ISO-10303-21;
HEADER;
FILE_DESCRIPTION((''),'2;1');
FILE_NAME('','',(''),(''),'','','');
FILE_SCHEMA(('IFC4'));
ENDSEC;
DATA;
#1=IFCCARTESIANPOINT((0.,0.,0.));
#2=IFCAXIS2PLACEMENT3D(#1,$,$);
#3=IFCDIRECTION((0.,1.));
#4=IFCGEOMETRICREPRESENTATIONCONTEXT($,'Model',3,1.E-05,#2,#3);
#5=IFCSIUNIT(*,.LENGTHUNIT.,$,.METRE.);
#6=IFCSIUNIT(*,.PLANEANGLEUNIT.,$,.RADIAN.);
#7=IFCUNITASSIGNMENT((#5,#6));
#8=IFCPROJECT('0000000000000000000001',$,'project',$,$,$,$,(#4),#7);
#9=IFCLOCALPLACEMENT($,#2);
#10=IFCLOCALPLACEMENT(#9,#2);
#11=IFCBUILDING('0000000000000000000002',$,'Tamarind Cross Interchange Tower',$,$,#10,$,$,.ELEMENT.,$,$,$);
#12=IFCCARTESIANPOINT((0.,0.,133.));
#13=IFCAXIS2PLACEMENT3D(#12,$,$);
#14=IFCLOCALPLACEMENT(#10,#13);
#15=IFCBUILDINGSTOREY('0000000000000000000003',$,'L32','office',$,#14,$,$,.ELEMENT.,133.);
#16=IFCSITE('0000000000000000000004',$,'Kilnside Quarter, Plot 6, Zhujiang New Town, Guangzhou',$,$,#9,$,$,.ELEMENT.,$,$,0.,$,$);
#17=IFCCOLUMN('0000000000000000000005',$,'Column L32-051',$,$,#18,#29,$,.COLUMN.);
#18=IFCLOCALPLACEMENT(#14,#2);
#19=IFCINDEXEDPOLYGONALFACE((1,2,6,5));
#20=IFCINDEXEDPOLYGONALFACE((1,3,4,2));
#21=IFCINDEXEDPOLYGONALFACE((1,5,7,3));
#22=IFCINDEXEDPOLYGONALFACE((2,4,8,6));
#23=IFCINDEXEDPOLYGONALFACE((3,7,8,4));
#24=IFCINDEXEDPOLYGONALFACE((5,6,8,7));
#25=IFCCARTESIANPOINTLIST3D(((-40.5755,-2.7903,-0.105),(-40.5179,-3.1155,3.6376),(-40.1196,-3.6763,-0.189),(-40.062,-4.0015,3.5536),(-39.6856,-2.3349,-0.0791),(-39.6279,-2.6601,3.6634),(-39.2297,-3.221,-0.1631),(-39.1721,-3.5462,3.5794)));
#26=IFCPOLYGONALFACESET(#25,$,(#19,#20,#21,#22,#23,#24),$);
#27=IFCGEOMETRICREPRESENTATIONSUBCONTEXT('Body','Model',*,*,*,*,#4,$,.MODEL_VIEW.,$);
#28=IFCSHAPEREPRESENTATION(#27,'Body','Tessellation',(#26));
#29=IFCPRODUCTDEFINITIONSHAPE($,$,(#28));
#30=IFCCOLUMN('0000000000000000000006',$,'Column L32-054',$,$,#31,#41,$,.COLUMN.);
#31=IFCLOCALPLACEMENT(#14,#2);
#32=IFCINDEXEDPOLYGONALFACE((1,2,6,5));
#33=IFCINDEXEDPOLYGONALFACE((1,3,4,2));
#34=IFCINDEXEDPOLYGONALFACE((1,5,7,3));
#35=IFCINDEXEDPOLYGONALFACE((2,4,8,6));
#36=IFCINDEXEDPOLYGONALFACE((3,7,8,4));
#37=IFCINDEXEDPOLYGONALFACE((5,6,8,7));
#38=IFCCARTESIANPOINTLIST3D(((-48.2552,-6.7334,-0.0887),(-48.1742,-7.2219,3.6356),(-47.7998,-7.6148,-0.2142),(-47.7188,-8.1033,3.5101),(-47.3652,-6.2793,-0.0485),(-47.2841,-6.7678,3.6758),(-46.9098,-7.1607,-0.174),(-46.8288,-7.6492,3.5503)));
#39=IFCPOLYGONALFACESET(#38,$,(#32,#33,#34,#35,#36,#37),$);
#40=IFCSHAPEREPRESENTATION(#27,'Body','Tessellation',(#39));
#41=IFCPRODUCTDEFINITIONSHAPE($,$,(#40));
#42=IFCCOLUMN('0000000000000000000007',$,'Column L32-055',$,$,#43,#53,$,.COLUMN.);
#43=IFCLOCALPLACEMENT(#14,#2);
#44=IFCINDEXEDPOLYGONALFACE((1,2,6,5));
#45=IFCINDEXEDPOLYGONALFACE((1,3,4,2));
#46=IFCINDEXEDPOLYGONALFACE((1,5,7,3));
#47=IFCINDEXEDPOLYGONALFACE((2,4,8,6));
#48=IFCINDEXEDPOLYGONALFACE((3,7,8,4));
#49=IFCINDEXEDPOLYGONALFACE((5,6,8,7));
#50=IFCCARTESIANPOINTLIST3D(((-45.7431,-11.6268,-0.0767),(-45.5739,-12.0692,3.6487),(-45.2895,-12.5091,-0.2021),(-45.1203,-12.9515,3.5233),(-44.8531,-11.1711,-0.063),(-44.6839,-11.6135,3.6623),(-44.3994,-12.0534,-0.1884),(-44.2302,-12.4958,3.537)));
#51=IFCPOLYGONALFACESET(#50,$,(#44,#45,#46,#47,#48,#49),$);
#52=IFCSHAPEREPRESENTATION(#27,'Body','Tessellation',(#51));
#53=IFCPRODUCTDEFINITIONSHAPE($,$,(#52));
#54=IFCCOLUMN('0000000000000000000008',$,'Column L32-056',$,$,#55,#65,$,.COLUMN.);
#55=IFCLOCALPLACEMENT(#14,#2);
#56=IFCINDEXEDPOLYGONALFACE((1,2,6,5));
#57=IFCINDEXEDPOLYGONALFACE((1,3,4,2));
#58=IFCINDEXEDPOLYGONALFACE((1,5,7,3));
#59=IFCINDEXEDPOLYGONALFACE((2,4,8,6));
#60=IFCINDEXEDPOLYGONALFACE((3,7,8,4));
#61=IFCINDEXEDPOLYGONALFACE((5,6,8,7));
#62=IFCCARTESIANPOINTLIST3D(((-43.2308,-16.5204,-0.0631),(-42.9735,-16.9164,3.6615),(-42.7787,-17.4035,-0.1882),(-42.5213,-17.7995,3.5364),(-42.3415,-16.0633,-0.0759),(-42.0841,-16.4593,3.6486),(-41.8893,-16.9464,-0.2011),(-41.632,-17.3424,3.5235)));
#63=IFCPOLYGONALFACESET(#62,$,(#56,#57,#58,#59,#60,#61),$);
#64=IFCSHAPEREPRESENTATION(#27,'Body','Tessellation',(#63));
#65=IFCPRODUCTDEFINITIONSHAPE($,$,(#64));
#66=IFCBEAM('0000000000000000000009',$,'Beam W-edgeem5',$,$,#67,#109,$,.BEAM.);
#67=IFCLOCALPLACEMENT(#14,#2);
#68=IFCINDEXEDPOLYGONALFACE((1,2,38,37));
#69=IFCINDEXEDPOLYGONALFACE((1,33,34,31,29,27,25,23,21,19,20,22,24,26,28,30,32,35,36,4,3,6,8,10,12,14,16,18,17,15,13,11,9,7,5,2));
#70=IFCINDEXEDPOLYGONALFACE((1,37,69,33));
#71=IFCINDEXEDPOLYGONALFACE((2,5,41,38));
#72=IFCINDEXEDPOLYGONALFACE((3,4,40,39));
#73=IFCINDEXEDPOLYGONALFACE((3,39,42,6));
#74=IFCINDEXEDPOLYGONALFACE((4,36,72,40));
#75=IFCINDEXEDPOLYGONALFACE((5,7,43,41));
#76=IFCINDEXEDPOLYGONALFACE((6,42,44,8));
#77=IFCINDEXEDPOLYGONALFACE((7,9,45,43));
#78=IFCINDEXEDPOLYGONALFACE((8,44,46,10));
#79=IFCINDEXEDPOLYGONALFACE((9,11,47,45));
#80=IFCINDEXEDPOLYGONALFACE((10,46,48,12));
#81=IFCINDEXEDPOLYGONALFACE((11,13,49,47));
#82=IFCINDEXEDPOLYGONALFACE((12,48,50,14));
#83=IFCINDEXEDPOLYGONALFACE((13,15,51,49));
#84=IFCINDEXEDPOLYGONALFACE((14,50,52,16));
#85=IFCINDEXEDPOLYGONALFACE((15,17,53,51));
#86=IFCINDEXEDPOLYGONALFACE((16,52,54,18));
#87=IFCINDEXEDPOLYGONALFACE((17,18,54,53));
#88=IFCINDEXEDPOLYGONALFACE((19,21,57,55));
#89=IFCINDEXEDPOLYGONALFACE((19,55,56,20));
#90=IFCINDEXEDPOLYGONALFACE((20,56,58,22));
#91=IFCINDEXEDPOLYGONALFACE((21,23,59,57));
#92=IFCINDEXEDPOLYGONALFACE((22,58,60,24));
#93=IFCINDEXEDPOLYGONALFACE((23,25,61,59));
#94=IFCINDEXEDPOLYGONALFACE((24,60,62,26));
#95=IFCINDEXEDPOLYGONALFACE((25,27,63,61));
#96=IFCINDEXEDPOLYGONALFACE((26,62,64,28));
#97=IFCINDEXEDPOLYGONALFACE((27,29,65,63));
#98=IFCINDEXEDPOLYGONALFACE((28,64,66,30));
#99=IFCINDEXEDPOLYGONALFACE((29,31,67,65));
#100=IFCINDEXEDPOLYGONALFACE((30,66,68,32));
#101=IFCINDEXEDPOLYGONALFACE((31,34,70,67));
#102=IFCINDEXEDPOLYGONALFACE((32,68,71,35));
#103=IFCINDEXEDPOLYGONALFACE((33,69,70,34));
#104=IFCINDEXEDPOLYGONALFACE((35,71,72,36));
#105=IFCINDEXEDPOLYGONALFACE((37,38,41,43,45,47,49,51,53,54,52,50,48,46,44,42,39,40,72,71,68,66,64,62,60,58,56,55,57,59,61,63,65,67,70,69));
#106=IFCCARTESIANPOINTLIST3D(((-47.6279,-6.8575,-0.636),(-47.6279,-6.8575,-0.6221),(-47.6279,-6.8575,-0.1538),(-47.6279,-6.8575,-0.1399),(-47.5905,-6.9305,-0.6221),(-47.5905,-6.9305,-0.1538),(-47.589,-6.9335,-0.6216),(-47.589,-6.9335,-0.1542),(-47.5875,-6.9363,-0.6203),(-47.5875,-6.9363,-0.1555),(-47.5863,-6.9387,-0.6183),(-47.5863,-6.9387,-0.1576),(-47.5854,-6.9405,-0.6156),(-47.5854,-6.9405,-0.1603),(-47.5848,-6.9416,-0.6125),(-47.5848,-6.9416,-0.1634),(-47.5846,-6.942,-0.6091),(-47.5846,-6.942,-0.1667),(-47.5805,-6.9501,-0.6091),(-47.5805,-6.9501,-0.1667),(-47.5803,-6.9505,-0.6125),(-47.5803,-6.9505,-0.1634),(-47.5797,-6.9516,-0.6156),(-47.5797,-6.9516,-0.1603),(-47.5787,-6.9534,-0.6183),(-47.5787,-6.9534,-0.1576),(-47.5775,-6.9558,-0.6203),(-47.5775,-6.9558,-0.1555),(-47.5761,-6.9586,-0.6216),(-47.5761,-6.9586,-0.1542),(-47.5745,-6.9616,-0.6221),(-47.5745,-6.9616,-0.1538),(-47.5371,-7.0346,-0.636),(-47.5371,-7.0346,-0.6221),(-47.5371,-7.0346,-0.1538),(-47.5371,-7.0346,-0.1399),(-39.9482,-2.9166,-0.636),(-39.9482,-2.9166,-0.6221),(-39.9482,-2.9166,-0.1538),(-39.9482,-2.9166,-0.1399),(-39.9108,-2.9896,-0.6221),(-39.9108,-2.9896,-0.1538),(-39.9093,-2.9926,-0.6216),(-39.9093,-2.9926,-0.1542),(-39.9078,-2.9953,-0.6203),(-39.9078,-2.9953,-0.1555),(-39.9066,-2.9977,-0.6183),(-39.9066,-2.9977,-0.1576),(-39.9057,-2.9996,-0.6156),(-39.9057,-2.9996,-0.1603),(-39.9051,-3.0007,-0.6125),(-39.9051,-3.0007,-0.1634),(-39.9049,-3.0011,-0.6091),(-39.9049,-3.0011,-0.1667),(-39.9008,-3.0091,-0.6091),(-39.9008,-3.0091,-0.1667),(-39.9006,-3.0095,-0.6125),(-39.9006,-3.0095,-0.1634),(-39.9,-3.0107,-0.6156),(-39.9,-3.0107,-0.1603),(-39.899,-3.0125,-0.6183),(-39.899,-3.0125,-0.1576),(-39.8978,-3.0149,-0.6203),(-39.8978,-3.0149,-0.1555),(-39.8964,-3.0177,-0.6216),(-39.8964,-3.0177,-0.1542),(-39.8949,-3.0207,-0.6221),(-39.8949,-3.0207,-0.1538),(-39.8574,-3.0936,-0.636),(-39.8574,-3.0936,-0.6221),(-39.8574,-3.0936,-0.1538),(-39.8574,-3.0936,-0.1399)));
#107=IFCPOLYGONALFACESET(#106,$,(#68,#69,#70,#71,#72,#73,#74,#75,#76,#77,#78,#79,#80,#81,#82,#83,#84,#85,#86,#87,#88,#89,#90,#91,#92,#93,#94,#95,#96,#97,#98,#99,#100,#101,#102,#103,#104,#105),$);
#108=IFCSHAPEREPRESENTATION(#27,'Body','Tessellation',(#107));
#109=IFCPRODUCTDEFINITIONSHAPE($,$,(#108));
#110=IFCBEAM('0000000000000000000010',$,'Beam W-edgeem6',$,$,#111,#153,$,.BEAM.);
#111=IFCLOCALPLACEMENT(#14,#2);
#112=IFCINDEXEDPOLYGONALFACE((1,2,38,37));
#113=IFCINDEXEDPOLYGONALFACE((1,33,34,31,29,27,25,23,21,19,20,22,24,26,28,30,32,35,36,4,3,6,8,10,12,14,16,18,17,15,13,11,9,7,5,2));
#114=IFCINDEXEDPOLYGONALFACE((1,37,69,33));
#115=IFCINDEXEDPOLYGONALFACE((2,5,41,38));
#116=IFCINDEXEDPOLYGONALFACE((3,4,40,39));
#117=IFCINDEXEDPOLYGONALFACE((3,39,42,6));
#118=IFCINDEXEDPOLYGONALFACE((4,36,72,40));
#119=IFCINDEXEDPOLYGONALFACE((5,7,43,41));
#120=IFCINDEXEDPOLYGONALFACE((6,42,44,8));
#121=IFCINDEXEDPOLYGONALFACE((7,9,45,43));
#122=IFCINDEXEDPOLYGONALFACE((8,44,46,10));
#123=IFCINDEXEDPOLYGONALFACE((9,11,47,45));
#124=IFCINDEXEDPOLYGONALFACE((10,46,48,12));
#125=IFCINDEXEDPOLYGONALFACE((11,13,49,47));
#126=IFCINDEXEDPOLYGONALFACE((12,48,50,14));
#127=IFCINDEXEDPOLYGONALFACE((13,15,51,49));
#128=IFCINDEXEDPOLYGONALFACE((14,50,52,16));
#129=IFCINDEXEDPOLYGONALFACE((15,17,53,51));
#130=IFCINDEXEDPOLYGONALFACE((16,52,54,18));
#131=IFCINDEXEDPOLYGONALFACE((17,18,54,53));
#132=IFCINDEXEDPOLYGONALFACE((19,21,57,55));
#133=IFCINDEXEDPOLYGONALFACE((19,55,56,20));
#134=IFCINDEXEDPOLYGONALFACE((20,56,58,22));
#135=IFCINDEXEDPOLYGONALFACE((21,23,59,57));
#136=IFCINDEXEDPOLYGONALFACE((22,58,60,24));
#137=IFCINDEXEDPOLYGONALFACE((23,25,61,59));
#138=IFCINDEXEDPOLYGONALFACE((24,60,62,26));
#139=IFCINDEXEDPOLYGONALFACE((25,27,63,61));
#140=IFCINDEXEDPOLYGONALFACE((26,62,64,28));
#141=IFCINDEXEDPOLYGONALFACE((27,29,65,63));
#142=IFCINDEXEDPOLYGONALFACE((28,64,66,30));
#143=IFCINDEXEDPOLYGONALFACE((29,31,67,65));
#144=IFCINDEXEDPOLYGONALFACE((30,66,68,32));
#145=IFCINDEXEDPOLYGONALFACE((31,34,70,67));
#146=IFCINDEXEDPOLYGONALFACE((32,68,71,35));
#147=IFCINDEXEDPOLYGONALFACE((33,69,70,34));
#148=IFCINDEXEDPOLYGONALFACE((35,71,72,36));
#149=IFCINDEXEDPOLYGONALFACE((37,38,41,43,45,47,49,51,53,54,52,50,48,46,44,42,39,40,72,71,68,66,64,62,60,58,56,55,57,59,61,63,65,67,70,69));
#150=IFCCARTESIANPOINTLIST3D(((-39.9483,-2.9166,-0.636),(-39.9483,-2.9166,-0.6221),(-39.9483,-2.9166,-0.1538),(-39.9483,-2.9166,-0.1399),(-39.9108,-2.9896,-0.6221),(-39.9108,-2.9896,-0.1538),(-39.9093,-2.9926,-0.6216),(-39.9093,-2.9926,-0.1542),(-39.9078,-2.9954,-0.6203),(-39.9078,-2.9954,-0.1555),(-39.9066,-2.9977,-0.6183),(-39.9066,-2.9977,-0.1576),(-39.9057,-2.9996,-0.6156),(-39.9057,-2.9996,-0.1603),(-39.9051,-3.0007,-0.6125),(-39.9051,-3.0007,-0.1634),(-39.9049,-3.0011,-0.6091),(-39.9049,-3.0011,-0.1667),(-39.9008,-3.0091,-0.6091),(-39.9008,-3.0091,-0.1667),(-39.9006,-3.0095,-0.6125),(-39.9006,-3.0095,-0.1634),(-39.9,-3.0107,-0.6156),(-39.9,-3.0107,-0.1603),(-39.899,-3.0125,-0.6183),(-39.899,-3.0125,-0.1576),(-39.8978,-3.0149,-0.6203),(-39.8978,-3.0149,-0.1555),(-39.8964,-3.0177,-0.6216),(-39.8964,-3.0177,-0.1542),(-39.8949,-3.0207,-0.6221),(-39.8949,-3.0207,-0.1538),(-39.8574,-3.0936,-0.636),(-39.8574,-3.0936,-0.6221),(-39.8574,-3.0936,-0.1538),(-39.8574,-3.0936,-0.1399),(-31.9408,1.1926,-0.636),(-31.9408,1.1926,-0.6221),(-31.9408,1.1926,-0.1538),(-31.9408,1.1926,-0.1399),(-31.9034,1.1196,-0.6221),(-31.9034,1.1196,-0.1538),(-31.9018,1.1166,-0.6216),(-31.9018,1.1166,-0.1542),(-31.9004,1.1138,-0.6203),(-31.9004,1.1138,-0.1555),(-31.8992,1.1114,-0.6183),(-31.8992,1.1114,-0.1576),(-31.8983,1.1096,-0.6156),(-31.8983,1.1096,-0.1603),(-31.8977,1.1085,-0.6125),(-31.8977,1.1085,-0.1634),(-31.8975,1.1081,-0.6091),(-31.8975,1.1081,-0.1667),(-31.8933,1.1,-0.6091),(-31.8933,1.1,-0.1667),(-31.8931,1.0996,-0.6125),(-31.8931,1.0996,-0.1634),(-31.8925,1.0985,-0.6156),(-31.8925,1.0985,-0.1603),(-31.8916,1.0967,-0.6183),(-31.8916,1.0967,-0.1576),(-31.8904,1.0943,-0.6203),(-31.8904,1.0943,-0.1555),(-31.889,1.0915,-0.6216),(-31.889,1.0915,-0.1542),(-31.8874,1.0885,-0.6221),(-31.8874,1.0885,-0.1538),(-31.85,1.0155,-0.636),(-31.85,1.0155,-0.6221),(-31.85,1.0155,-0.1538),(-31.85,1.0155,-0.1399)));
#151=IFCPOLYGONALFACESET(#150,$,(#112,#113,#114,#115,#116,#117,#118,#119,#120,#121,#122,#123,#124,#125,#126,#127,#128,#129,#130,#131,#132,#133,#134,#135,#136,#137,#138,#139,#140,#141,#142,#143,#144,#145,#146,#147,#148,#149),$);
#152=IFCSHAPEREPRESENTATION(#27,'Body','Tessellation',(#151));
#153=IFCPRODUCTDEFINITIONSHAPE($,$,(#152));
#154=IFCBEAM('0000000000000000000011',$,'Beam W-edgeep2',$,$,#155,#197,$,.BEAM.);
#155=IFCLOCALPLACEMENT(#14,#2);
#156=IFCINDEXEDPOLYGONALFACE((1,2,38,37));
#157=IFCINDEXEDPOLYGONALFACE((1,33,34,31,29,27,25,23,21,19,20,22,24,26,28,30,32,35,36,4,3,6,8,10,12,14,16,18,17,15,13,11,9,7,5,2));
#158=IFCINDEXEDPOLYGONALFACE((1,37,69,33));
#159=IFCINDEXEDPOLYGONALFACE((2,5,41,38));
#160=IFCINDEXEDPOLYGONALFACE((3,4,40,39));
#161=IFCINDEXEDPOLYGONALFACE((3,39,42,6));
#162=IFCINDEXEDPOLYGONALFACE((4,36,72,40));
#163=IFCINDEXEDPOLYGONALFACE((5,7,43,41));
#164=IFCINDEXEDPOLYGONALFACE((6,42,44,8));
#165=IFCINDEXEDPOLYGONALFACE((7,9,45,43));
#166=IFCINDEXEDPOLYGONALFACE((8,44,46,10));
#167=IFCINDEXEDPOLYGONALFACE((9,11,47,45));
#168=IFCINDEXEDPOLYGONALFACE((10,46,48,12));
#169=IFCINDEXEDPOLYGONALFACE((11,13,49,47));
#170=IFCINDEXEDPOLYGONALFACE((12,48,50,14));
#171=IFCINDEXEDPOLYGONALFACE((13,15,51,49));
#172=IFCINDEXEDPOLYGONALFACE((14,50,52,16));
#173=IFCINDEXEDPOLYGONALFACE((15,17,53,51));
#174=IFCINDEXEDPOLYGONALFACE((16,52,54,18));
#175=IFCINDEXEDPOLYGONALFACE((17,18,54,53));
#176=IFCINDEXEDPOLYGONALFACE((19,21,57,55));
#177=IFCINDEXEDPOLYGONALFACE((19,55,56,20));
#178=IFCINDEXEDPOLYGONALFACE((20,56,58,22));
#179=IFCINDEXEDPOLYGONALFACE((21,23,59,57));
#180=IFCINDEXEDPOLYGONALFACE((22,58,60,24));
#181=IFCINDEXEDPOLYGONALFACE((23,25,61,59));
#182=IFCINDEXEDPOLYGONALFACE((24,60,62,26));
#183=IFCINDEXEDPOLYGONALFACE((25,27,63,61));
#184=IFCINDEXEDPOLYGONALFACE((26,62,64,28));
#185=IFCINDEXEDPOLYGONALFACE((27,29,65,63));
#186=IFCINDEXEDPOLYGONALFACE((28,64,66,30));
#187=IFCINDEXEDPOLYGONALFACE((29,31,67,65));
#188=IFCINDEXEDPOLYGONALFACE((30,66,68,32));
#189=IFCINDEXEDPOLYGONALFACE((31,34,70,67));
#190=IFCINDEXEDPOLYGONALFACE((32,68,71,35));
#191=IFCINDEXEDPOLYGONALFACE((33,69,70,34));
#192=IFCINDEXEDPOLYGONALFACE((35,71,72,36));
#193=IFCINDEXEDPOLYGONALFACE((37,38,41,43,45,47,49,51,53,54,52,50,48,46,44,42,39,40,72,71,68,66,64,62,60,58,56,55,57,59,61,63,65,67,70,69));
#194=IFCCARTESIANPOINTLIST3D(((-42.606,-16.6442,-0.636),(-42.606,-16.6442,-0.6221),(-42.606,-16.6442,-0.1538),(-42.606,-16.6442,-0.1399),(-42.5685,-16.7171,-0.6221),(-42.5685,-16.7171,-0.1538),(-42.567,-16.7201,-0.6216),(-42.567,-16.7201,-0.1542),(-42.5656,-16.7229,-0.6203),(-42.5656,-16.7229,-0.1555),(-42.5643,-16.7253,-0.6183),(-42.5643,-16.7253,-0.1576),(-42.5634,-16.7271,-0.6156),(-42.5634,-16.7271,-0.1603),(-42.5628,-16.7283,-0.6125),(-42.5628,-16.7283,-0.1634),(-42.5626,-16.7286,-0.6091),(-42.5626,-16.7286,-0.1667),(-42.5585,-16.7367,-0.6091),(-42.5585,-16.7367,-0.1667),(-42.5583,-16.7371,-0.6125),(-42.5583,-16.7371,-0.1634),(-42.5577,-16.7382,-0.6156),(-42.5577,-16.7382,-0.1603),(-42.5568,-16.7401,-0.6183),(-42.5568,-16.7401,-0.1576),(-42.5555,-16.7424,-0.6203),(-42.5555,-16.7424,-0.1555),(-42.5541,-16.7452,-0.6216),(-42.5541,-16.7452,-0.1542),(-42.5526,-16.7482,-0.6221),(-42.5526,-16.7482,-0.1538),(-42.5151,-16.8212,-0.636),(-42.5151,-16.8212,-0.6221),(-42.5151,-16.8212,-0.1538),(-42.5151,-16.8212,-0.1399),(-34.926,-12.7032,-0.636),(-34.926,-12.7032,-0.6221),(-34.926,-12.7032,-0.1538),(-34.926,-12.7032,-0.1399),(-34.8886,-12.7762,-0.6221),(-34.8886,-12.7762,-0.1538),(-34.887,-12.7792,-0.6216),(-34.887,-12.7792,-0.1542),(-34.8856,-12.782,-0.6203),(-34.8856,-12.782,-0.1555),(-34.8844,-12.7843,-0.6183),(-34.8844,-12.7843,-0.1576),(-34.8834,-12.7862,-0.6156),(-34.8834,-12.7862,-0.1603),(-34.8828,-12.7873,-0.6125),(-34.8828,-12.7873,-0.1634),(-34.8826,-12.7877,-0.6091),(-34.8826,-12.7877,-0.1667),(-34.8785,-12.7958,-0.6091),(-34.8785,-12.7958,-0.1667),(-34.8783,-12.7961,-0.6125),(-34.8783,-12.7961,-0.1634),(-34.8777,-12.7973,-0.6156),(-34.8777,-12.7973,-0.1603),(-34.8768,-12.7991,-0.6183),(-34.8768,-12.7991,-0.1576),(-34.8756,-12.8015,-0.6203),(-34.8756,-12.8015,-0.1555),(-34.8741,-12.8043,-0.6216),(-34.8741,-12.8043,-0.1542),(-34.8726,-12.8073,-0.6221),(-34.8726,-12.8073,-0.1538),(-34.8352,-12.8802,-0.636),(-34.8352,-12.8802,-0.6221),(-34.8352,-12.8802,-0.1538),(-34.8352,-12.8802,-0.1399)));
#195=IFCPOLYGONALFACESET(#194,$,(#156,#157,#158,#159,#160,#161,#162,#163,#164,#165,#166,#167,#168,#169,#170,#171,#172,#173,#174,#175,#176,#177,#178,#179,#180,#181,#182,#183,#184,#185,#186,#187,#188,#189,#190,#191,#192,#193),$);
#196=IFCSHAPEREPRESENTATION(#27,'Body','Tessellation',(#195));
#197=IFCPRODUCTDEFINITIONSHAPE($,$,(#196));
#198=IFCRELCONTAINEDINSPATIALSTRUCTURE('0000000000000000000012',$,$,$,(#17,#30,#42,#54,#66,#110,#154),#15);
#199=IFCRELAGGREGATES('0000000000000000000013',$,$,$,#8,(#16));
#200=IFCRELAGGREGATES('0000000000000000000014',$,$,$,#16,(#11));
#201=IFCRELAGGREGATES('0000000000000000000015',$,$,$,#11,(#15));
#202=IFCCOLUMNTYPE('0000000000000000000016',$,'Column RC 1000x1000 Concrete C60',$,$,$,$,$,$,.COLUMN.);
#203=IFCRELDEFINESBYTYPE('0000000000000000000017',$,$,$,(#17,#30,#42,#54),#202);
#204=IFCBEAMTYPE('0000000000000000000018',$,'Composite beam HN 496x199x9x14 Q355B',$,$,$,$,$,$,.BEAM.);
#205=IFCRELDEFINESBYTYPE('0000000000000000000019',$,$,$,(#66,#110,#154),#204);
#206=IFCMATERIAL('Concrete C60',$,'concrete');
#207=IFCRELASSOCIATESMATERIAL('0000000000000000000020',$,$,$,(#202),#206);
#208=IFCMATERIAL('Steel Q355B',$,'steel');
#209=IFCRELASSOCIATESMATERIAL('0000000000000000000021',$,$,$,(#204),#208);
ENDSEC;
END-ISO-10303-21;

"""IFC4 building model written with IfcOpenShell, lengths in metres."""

from ifc_helpers import new_model, si_unit, direction, frame, origin, origin_2d, place, context, subcontext, project, spatial, rectangle, i_section, extrude, material, material_profile, profile_set, type_object, element, save


model = new_model("IFC4")

# Units and contexts
model_context = context("Model", 3, precision=1e-05, world=origin(), true_north=direction((0.0, 1.0)))
body_context = subcontext(model_context, "Body", "Model", "MODEL_VIEW")
ifc_project = project(units=[si_unit("LENGTHUNIT", "METRE"), si_unit("PLANEANGLEUNIT", "RADIAN")], contexts=[model_context])

# Site, building, storey
site_placement = place(None, origin())
site = spatial("IfcSite", under=ifc_project, at=site_placement, Name="Kilnside Quarter, Plot 6, Zhujiang New Town, Guangzhou", CompositionType="ELEMENT", RefElevation=0.0)
building_placement = place(site_placement, origin())
building = spatial("IfcBuilding", under=site, at=building_placement, Name="Tamarind Cross Interchange Tower", CompositionType="ELEMENT")
storey_placement = place(building_placement, frame((0.0, 0.0, 133.0)))
storey = spatial("IfcBuildingStorey", under=building, at=storey_placement, Name="L32", Description="office", CompositionType="ELEMENT", Elevation=133.0)

# Columns
ifc_material_1 = material(Name="Concrete C60", Category="concrete")
ifc_material_profile_1 = material_profile(ifc_material_1, rectangle(XDim=1.0, YDim=1.0, at=origin_2d()), Name="RC 1000x1000")
ifc_profile_set_1 = profile_set([ifc_material_profile_1], Name="Concrete C60")
column_type = type_object("IfcColumnType", Name="Column RC 1000x1000 Concrete C60", PredefinedType="COLUMN", material=ifc_profile_set_1)
for number, where, z_axis, x_axis, name in (
    (1, (-39.9026, -3.0056, -0.134), (0.015336, -0.086558, 0.996129), (0.889924, 0.455375, 0.025868), "Column L32-051"),
    (2, (-47.5825, -6.947, -0.1313), (0.021573, -0.130026, 0.991276), (0.890037, 0.454113, 0.040196), "Column L32-054"),
):
    element("IfcColumn", number, at=place(storey_placement, frame(where, z_axis=z_axis, x_axis=x_axis)), inside=storey, type_object=column_type, Name=name, PredefinedType="COLUMN", context=body_context, shape_type="SweptSolid", body=[
        extrude(rectangle(XDim=1.0, YDim=1.0, at=origin_2d()), origin(), (0.0, 0.0, 1.0), 3.7571),
    ])
column_1_placement = place(storey_placement, frame((-45.0713, -11.8401, -0.1326), z_axis=(0.045053, -0.117801, 0.992015), x_axis=(0.890032, 0.455693, 0.013692)))
element("IfcColumn", 3, at=column_1_placement, inside=storey, type_object=column_type, Name="Column L32-055", PredefinedType="COLUMN", context=body_context, shape_type="SweptSolid", body=[
    extrude(rectangle(XDim=1.0, YDim=1.0, at=origin_2d()), origin(), (0.0, 0.0, 1.0), 3.7554),
])
column_2_placement = place(storey_placement, frame((-42.5601, -16.7334, -0.1321), z_axis=(0.068539, -0.105474, 0.992057), x_axis=(-0.452121, 0.883136, 0.12513)))
element("IfcColumn", 4, at=column_2_placement, inside=storey, type_object=column_type, Name="Column L32-056", PredefinedType="COLUMN", context=body_context, shape_type="SweptSolid", body=[
    extrude(rectangle(XDim=1.0, YDim=1.0, at=origin_2d()), origin(), (0.0, 0.0, 1.0), 3.7544),
])

# Beams
ifc_material_2 = material(Name="Steel Q355B", Category="steel")
ifc_material_profile_2 = material_profile(ifc_material_2, i_section(OverallWidth=0.199, OverallDepth=0.4961, WebThickness=0.009, FlangeThickness=0.0139, FilletRadius=0.0129, at=origin_2d()), Name="HN 496x199x9x14")
ifc_profile_set_2 = profile_set([ifc_material_profile_2], Name="Steel Q355B")
beam_type_1 = type_object("IfcBeamType", Name="Composite beam HN 496x199x9x14 Q355B", PredefinedType="BEAM", material=ifc_profile_set_2)
beam_1_placement = place(storey_placement, frame((-47.5825, -6.946, -0.3879), z_axis=(0.889694, 0.456557, 0.0), x_axis=(-0.456557, 0.889694, 0.0)))
element("IfcBeam", 5, at=beam_1_placement, inside=storey, type_object=beam_type_1, Name="Beam W-edgeem5", PredefinedType="BEAM", context=body_context, shape_type="SweptSolid", body=[
    extrude(i_section(OverallWidth=0.199, OverallDepth=0.4961, WebThickness=0.009, FlangeThickness=0.0139, FilletRadius=0.0129, at=origin_2d()), origin(), (0.0, 0.0, 1.0), 8.6318),
])
beam_2_placement = place(storey_placement, frame((-39.9028, -3.0051, -0.3879), z_axis=(0.889691, 0.456564, 0.0), x_axis=(-0.456564, 0.889691, 0.0)))
element("IfcBeam", 6, at=beam_2_placement, inside=storey, type_object=beam_type_1, Name="Beam W-edgeem6", PredefinedType="BEAM", context=body_context, shape_type="SweptSolid", body=[
    extrude(i_section(OverallWidth=0.199, OverallDepth=0.4961, WebThickness=0.009, FlangeThickness=0.0139, FilletRadius=0.0129, at=origin_2d()), origin(), (0.0, 0.0, 1.0), 9.0002),
])
beam_3_placement = place(storey_placement, frame((-42.5605, -16.7327, -0.3879), z_axis=(0.8897, 0.456545, 0.0), x_axis=(-0.456545, 0.8897, 0.0)))
element("IfcBeam", 7, at=beam_3_placement, inside=storey, type_object=beam_type_1, Name="Beam W-edgeep2", PredefinedType="BEAM", context=body_context, shape_type="SweptSolid", body=[
    extrude(i_section(OverallWidth=0.199, OverallDepth=0.4961, WebThickness=0.009, FlangeThickness=0.0139, FilletRadius=0.0129, at=origin_2d()), origin(), (0.0, 0.0, 1.0), 8.6321),
])

save(model, "model.ifc")
